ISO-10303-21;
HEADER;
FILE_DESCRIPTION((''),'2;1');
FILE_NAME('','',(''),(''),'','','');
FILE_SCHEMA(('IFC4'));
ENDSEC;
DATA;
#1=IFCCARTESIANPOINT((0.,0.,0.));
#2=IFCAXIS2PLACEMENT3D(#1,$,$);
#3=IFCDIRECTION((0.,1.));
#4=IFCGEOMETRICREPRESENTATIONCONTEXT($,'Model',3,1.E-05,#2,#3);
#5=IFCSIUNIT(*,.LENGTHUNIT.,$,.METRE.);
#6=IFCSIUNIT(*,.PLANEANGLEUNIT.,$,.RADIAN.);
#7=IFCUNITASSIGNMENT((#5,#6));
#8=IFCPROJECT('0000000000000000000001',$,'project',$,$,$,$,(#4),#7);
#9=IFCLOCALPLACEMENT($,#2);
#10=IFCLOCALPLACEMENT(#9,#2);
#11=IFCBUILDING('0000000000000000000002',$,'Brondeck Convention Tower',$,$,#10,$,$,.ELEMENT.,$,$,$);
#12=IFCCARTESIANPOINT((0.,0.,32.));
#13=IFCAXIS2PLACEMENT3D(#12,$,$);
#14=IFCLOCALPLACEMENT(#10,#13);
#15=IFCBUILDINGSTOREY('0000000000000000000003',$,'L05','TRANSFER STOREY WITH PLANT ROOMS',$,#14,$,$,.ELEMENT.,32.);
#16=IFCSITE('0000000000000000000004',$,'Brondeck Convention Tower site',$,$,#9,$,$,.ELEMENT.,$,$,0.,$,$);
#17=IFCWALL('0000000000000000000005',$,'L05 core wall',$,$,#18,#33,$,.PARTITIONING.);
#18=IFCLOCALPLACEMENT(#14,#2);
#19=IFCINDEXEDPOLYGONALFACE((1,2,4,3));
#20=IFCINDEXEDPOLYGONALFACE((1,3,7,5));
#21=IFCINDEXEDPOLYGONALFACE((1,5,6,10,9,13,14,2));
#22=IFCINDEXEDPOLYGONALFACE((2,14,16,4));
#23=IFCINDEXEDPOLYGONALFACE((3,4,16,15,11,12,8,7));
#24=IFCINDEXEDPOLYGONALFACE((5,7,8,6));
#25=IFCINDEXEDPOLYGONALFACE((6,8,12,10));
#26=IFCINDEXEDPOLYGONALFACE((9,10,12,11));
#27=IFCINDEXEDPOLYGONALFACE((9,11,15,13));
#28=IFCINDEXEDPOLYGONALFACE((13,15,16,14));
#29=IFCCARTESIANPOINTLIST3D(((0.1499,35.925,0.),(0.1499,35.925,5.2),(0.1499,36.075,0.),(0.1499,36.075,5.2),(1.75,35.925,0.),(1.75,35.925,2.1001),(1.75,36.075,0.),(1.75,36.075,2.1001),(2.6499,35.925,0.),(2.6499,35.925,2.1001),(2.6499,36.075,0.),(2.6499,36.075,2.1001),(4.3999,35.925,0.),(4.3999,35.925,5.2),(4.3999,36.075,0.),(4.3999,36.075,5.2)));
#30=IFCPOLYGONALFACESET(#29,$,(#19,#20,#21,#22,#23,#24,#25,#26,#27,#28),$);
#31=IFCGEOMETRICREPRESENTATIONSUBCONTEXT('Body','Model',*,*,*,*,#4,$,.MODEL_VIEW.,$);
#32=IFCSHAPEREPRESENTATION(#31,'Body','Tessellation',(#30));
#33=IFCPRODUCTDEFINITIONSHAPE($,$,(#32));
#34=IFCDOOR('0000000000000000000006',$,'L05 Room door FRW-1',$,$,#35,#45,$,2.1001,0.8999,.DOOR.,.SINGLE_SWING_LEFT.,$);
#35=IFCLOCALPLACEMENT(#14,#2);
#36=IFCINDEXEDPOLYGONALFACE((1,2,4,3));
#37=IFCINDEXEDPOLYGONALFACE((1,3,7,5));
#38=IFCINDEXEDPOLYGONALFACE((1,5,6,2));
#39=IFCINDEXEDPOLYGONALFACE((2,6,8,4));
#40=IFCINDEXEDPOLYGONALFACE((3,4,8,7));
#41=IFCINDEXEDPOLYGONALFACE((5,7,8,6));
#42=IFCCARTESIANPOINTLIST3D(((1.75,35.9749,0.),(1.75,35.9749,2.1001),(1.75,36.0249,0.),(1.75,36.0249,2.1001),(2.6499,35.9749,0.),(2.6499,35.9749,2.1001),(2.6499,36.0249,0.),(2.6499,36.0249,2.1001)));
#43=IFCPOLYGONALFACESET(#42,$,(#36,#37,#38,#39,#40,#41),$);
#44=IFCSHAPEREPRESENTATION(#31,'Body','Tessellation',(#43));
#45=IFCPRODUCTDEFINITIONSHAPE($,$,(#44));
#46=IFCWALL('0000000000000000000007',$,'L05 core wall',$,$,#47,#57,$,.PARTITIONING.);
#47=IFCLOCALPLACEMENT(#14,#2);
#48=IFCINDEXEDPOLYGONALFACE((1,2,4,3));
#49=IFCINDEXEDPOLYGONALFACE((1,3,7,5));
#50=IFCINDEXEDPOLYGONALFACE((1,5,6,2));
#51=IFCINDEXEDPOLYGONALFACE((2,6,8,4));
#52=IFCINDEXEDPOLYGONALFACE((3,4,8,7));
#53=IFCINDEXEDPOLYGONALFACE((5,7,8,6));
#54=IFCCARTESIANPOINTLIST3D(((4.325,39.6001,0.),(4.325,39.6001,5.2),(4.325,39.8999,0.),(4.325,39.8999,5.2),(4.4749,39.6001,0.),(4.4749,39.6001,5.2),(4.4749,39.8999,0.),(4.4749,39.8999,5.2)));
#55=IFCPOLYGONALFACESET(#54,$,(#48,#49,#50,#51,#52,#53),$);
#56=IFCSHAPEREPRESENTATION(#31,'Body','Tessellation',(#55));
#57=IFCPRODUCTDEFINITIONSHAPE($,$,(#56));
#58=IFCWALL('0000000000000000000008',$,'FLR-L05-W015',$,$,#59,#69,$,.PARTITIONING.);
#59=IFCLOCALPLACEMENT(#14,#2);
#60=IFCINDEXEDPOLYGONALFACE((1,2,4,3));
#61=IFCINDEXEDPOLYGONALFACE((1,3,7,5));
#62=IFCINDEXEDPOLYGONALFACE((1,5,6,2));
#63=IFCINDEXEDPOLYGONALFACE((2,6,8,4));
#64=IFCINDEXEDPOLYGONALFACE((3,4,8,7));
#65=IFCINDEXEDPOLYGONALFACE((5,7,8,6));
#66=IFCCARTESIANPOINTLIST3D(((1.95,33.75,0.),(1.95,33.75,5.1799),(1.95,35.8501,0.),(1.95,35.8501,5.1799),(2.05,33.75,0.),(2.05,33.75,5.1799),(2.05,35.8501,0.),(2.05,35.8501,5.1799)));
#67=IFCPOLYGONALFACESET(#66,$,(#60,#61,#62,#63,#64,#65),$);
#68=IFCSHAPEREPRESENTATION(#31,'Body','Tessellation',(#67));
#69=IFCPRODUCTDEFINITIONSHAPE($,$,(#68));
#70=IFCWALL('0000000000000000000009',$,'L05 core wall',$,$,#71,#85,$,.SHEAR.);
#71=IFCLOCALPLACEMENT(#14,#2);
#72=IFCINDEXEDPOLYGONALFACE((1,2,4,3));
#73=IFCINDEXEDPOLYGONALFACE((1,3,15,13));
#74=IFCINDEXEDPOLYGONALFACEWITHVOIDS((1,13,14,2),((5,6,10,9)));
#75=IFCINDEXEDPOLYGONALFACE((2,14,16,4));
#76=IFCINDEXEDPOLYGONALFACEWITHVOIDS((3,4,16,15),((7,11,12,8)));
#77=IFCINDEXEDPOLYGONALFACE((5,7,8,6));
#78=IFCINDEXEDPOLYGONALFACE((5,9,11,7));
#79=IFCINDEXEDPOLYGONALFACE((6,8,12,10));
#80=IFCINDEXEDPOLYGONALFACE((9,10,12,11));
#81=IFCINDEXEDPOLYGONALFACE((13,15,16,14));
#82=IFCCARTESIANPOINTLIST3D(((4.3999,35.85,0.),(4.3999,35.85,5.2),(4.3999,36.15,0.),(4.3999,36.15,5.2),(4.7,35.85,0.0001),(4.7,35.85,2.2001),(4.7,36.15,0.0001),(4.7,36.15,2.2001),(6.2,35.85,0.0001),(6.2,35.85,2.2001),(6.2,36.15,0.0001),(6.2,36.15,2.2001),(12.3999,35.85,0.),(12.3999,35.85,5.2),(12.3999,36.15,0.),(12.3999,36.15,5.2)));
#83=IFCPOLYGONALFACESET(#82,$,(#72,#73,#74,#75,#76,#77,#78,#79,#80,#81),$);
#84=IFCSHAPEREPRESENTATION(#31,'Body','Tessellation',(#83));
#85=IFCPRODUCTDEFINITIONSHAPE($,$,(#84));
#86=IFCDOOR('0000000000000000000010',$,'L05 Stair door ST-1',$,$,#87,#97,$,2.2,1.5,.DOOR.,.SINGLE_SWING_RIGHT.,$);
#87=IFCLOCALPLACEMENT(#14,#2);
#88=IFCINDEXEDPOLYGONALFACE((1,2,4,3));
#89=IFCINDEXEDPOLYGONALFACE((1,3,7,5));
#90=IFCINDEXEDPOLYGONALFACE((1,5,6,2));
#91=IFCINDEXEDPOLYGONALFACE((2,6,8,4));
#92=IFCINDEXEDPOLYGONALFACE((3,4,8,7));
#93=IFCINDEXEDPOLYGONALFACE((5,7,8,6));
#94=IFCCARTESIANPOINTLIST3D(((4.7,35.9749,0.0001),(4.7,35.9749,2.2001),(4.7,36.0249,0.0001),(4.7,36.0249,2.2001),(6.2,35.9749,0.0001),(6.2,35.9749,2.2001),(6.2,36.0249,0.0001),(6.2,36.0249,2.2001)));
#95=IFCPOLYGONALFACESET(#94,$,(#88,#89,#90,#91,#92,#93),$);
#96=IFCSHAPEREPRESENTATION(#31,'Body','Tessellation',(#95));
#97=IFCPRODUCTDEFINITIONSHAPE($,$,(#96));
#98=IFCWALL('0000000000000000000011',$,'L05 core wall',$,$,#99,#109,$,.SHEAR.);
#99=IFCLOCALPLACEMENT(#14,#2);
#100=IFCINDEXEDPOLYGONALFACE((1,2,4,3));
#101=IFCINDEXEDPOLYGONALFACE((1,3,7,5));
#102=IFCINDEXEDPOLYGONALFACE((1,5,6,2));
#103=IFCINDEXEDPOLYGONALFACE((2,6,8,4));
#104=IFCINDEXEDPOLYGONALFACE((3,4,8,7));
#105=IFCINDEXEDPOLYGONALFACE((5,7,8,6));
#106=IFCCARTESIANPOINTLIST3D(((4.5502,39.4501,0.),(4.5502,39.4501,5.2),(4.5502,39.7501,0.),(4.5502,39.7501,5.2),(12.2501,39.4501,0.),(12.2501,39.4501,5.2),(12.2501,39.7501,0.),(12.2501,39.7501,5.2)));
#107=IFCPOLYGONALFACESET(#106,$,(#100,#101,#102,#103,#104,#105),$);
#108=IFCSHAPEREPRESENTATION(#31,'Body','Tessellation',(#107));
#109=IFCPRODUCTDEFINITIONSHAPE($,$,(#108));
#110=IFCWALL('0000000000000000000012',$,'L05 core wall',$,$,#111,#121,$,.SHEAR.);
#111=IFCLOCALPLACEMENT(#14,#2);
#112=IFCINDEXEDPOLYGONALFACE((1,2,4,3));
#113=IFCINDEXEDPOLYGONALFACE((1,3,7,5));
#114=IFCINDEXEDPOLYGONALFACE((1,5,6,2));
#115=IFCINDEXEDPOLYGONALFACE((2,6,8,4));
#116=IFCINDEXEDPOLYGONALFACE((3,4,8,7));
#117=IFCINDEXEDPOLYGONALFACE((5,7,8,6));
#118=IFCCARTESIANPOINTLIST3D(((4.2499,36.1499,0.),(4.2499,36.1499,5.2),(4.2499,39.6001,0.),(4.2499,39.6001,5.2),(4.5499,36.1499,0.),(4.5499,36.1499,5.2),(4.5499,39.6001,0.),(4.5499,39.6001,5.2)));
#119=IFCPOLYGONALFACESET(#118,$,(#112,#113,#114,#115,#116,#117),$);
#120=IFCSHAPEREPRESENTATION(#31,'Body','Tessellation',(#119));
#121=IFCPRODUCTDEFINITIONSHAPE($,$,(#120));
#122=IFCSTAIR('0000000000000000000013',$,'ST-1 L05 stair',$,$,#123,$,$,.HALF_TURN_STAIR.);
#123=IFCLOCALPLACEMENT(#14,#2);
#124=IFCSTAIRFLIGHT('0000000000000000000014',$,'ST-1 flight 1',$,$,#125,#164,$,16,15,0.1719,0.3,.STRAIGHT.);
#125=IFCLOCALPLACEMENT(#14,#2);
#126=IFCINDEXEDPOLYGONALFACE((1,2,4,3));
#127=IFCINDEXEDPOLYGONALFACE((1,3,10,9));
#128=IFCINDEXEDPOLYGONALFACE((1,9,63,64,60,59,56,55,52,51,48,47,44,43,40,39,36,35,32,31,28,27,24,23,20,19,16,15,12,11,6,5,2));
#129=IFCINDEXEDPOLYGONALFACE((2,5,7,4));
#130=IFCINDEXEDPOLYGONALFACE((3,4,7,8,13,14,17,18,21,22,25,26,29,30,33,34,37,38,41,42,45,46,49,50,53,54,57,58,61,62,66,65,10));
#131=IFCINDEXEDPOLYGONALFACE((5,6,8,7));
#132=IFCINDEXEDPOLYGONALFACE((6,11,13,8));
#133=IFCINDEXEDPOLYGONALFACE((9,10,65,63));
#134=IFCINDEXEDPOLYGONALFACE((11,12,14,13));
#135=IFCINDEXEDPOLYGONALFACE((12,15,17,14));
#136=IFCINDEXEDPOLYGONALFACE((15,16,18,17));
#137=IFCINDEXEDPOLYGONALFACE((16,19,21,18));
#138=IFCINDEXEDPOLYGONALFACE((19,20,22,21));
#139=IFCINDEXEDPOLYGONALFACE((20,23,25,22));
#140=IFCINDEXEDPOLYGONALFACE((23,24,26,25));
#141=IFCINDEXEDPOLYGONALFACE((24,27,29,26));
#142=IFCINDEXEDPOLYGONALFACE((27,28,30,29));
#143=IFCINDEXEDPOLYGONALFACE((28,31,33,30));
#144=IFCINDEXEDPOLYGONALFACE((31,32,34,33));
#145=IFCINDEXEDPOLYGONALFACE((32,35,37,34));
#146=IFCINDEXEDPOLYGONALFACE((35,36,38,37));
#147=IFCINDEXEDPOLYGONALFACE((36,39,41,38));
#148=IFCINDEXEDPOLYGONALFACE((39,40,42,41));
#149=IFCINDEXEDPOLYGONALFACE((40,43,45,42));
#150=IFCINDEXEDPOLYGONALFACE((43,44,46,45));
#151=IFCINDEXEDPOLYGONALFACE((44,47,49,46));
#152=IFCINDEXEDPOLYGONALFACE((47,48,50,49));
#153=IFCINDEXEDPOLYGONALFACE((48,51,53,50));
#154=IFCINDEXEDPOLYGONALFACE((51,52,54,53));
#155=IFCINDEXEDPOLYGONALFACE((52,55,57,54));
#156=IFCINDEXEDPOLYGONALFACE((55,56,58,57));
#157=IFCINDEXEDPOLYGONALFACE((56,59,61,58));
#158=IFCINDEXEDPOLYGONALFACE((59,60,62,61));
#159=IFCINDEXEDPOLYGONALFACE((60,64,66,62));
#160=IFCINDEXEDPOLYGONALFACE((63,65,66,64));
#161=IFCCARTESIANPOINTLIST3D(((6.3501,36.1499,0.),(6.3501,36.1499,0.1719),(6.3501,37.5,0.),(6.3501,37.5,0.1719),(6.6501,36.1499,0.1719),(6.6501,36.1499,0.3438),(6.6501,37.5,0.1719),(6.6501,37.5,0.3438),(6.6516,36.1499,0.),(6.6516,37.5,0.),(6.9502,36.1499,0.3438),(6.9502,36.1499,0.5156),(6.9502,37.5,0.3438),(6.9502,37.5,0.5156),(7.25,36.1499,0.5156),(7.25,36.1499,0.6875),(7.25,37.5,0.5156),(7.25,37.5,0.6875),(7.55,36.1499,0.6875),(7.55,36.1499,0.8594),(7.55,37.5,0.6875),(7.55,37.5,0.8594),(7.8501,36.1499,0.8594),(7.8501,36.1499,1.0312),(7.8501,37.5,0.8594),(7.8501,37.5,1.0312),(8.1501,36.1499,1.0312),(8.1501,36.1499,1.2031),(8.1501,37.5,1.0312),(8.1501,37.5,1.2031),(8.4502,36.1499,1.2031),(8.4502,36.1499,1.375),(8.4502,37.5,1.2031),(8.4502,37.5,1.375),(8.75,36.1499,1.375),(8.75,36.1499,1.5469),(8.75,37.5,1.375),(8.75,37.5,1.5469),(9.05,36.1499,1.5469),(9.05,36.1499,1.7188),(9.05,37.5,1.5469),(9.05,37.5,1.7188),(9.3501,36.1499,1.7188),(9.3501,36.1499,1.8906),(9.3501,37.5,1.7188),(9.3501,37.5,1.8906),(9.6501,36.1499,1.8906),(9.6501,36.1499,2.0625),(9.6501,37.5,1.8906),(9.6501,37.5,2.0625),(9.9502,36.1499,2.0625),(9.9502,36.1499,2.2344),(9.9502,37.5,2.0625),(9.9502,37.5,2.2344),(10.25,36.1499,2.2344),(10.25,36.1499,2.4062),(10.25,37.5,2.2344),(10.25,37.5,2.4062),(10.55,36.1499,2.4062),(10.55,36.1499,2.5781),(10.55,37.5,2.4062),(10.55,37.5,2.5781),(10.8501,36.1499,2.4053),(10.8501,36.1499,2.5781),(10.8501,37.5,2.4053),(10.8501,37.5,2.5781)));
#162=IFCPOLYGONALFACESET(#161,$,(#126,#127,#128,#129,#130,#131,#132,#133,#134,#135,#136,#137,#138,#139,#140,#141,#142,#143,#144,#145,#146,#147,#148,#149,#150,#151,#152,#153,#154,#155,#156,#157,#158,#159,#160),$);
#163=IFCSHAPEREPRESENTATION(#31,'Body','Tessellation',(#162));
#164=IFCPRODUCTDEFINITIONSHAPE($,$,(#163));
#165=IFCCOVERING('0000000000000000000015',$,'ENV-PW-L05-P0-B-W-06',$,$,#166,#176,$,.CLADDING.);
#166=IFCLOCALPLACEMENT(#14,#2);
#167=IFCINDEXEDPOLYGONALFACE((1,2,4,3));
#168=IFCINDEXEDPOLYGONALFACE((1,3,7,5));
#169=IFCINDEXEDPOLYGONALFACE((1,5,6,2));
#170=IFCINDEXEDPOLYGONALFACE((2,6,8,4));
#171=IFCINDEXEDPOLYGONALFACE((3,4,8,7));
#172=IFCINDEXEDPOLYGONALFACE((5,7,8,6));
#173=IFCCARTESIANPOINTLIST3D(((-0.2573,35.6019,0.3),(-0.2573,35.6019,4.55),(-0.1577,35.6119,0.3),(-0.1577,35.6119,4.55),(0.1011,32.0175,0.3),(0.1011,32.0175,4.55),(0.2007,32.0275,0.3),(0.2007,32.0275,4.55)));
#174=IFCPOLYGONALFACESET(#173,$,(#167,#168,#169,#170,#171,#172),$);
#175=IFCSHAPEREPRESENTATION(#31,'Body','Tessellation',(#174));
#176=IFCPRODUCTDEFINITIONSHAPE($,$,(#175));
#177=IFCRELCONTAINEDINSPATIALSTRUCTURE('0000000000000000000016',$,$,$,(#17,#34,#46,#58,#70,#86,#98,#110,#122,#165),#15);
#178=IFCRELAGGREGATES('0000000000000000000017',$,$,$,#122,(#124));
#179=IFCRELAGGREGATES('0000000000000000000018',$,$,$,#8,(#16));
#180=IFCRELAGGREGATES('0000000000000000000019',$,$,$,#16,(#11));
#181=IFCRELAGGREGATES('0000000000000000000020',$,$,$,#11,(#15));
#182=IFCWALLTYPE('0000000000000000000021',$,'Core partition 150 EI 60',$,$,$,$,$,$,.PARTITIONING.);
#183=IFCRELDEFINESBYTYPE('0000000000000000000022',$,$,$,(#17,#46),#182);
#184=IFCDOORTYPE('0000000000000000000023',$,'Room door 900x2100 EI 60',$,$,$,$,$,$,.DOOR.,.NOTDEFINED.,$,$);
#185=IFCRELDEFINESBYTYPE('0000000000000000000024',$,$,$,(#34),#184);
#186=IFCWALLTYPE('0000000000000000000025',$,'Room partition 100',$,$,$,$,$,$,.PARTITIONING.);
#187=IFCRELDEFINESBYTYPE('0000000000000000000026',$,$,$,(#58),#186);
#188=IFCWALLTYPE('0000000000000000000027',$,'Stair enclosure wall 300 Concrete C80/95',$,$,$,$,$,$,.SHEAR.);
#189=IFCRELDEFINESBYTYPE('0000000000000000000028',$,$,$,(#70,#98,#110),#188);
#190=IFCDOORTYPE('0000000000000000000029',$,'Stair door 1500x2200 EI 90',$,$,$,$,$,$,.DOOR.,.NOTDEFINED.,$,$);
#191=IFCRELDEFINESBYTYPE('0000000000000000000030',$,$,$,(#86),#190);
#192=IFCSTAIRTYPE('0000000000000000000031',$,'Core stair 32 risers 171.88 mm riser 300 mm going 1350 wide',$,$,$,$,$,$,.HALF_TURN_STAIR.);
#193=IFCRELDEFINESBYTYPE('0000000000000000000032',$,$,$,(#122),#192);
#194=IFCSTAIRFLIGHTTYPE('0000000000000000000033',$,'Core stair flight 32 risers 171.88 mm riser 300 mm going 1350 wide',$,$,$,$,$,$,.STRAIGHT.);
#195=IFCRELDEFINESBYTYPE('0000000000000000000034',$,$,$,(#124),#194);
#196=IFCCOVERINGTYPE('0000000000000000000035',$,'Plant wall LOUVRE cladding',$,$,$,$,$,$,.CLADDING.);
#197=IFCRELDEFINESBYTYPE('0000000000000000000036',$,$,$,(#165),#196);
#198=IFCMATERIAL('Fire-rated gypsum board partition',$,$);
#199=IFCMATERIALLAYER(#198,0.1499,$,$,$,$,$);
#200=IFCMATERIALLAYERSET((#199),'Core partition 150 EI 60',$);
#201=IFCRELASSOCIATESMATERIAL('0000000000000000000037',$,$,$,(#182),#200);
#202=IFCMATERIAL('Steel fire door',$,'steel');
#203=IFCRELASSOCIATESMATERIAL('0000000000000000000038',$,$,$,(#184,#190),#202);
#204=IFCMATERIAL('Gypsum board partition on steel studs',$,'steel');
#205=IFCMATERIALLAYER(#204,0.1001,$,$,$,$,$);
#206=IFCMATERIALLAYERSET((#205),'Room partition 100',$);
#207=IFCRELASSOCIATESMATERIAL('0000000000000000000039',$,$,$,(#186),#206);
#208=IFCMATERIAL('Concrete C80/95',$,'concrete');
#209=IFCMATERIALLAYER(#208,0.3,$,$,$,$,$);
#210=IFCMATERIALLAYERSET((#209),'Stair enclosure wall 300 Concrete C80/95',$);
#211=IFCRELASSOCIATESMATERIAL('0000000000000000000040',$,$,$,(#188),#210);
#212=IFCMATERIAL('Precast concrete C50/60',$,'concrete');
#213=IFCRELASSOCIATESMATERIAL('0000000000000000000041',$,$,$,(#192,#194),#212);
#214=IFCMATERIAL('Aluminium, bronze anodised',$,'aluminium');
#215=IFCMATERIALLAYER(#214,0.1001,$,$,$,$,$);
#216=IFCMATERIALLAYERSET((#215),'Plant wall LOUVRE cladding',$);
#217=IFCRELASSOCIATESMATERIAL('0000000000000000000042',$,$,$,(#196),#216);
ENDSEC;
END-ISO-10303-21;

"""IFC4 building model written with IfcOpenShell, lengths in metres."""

from ifc_helpers import new_model, si_unit, direction, frame, frame_2d, origin, origin_2d, place, context, subcontext, project, spatial, polyline, rectangle, outline, extrude, material, layer, layer_set, type_object, element, fill, aggregate, save


model = new_model("IFC4")

# Units and contexts
model_context = context("Model", 3, precision=1e-05, world=origin(), true_north=direction((0.0, 1.0)))
body_context = subcontext(model_context, "Body", "Model", "MODEL_VIEW")
ifc_project = project(units=[si_unit("LENGTHUNIT", "METRE"), si_unit("PLANEANGLEUNIT", "RADIAN")], contexts=[model_context])

# Site, building, storey
site_placement = place(None, origin())
site = spatial("IfcSite", under=ifc_project, at=site_placement, Name="Brondeck Convention Tower site", CompositionType="ELEMENT", RefElevation=0.0)
building_placement = place(site_placement, origin())
building = spatial("IfcBuilding", under=site, at=building_placement, Name="Brondeck Convention Tower", CompositionType="ELEMENT")
storey_placement = place(building_placement, frame((0.0, 0.0, 32.0)))
storey = spatial("IfcBuildingStorey", under=building, at=storey_placement, Name="L05", Description="TRANSFER STOREY WITH PLANT ROOMS", CompositionType="ELEMENT", Elevation=32.0)

# Shared definitions
ifc_material_1 = material(Name="Concrete C80/95", Category="concrete")

# Wall, opening, door
ifc_material_2 = material(Name="Fire-rated gypsum board partition")
ifc_layer_1 = layer(ifc_material_2, 0.1499)
ifc_layer_set_1 = layer_set([ifc_layer_1], Name="Core partition 150 EI 60")
wall_type_1 = type_object("IfcWallType", Name="Core partition 150 EI 60", PredefinedType="PARTITIONING", material=ifc_layer_set_1)
wall_1_placement = place(storey_placement, frame((0.1499, 36.0, 0.0), z_axis=(0.0, 0.0, 1.0), x_axis=(1.0, 0.0, 0.0)))
wall_1 = element("IfcWall", 1, at=wall_1_placement, inside=storey, type_object=wall_type_1, Name="L05 core wall", PredefinedType="PARTITIONING", context=body_context, shape_type="SweptSolid", body=[
    extrude(rectangle(XDim=4.25, YDim=0.1499, at=frame_2d((2.125, 0.0))), origin(), (0.0, 0.0, 1.0), 5.2),
])
opening_1_placement = place(wall_1_placement, frame((1.6001, 0.0, 0.0)))
opening_1 = element("IfcOpeningElement", 2, at=opening_1_placement, cuts=wall_1, PredefinedType="OPENING", context=body_context, shape_type="SweptSolid", body=[
    extrude(rectangle(XDim=0.8999, YDim=2.1001, at=frame_2d((0.45, 1.05))), frame((0.0, 0.085, 0.0), z_axis=(0.0, -1.0, 0.0), x_axis=(1.0, 0.0, 0.0)), (0.0, 0.0, 1.0), 0.1699),
])
ifc_material_3 = material(Name="Steel fire door", Category="steel")
door_type_1 = type_object("IfcDoorType", Name="Room door 900x2100 EI 60", OperationType="NOTDEFINED", PredefinedType="DOOR", material=ifc_material_3)
door_1_placement = place(opening_1_placement, origin())
door_1 = element("IfcDoor", 3, at=door_1_placement, inside=storey, type_object=door_type_1, Name="L05 Room door FRW-1", OperationType="SINGLE_SWING_LEFT", OverallHeight=2.1001, OverallWidth=0.8999, PredefinedType="DOOR", context=body_context, shape_type="SweptSolid", body=[
    extrude(rectangle(XDim=0.8999, YDim=2.1001, at=frame_2d((0.45, 1.05))), frame((0.0, 0.0249, 0.0), z_axis=(0.0, -1.0, 0.0), x_axis=(1.0, 0.0, 0.0)), (0.0, 0.0, 1.0), 0.05),
])
fill(opening_1, door_1)

# Walls
wall_2_placement = place(storey_placement, frame((4.3999, 39.6001, 0.0), z_axis=(0.0, 0.0, 1.0), x_axis=(0.0, 1.0, 0.0)))
element("IfcWall", 4, at=wall_2_placement, inside=storey, type_object=wall_type_1, Name="L05 core wall", PredefinedType="PARTITIONING", context=body_context, shape_type="SweptSolid", body=[
    extrude(rectangle(XDim=0.2998, YDim=0.1499, at=frame_2d((0.1499, 0.0))), origin(), (0.0, 0.0, 1.0), 5.2),
])
ifc_material_4 = material(Name="Gypsum board partition on steel studs", Category="steel")
ifc_layer_2 = layer(ifc_material_4, 0.1001)
ifc_layer_set_2 = layer_set([ifc_layer_2], Name="Room partition 100")
wall_type_2 = type_object("IfcWallType", Name="Room partition 100", PredefinedType="PARTITIONING", material=ifc_layer_set_2)
wall_3_placement = place(storey_placement, frame((2.0, 33.75, 0.0), z_axis=(0.0, 0.0, 1.0), x_axis=(0.0, 1.0, 0.0)))
element("IfcWall", 5, at=wall_3_placement, inside=storey, type_object=wall_type_2, Name="FLR-L05-W015", PredefinedType="PARTITIONING", context=body_context, shape_type="SweptSolid", body=[
    extrude(rectangle(XDim=2.1001, YDim=0.1001, at=frame_2d((1.05, 0.0))), origin(), (0.0, 0.0, 1.0), 5.1799),
])

# Wall, opening, door
ifc_layer_3 = layer(ifc_material_1, 0.3)
ifc_layer_set_3 = layer_set([ifc_layer_3], Name="Stair enclosure wall 300 Concrete C80/95")
wall_type_3 = type_object("IfcWallType", Name="Stair enclosure wall 300 Concrete C80/95", PredefinedType="SHEAR", material=ifc_layer_set_3)
wall_4_placement = place(storey_placement, frame((4.3999, 36.0, 0.0), z_axis=(0.0, 0.0, 1.0), x_axis=(1.0, 0.0, 0.0)))
wall_4 = element("IfcWall", 6, at=wall_4_placement, inside=storey, type_object=wall_type_3, Name="L05 core wall", PredefinedType="SHEAR", context=body_context, shape_type="SweptSolid", body=[
    extrude(rectangle(XDim=8.0, YDim=0.3, at=frame_2d((4.0, 0.0))), origin(), (0.0, 0.0, 1.0), 5.2),
])
opening_2_placement = place(wall_4_placement, frame((0.3, 0.0, 0.0)))
opening_2 = element("IfcOpeningElement", 7, at=opening_2_placement, cuts=wall_4, PredefinedType="OPENING", context=body_context, shape_type="SweptSolid", body=[
    extrude(rectangle(XDim=1.5, YDim=2.2, at=frame_2d((0.75, 1.1001))), frame((0.0, 0.1599, 0.0), z_axis=(0.0, -1.0, 0.0), x_axis=(1.0, 0.0, 0.0)), (0.0, 0.0, 1.0), 0.3201),
])
door_type_2 = type_object("IfcDoorType", Name="Stair door 1500x2200 EI 90", OperationType="NOTDEFINED", PredefinedType="DOOR", material=ifc_material_3)
door_2_placement = place(opening_2_placement, origin())
door_2 = element("IfcDoor", 8, at=door_2_placement, inside=storey, type_object=door_type_2, Name="L05 Stair door ST-1", OperationType="SINGLE_SWING_RIGHT", OverallHeight=2.2, OverallWidth=1.5, PredefinedType="DOOR", context=body_context, shape_type="SweptSolid", body=[
    extrude(rectangle(XDim=1.5, YDim=2.2, at=frame_2d((0.75, 1.1001))), frame((0.0, 0.0249, 0.0), z_axis=(0.0, -1.0, 0.0), x_axis=(1.0, 0.0, 0.0)), (0.0, 0.0, 1.0), 0.05),
])
fill(opening_2, door_2)

# Walls
wall_5_placement = place(storey_placement, frame((4.55, 39.6001, 0.0), z_axis=(0.0, 0.0, 1.0), x_axis=(1.0, 0.0, 0.0)))
element("IfcWall", 9, at=wall_5_placement, inside=storey, type_object=wall_type_3, Name="L05 core wall", PredefinedType="SHEAR", context=body_context, shape_type="SweptSolid", body=[
    extrude(rectangle(XDim=7.7, YDim=0.3, at=frame_2d((3.8501, 0.0))), origin(), (0.0, 0.0, 1.0), 5.2),
])
wall_6_placement = place(storey_placement, frame((4.3999, 36.1499, 0.0), z_axis=(0.0, 0.0, 1.0), x_axis=(0.0, 1.0, 0.0)))
element("IfcWall", 10, at=wall_6_placement, inside=storey, type_object=wall_type_3, Name="L05 core wall", PredefinedType="SHEAR", context=body_context, shape_type="SweptSolid", body=[
    extrude(rectangle(XDim=3.4502, YDim=0.3, at=frame_2d((1.7251, 0.0))), origin(), (0.0, 0.0, 1.0), 5.2),
])

# Stair, stair flight
ifc_material_5 = material(Name="Precast concrete C50/60", Category="concrete")
stair_type = type_object("IfcStairType", Name="Core stair 32 risers 171.88 mm riser 300 mm going 1350 wide", PredefinedType="HALF_TURN_STAIR", material=ifc_material_5)
stair_placement = place(storey_placement, origin())
stair = element("IfcStair", 11, at=stair_placement, inside=storey, type_object=stair_type, Name="ST-1 L05 stair", PredefinedType="HALF_TURN_STAIR")
stair_flight_type = type_object("IfcStairFlightType", Name="Core stair flight 32 risers 171.88 mm riser 300 mm going 1350 wide", PredefinedType="STRAIGHT", material=ifc_material_5)
stair_flight_placement = place(storey_placement, frame((6.3501, 36.825, 0.0), z_axis=(0.0, 0.0, 1.0), x_axis=(1.0, 0.0, 0.0)))
stair_flight = element("IfcStairFlight", 12, at=stair_flight_placement, type_object=stair_flight_type, Name="ST-1 flight 1", NumberOfRisers=16, NumberOfTreads=15, PredefinedType="STRAIGHT", RiserHeight=0.1719, TreadLength=0.3, context=body_context, shape_type="SweptSolid", body=[
    extrude(outline(polyline([(0.0, 0.0), (0.0, 0.1719), (0.3, 0.1719), (0.3, 0.3438), (0.6001, 0.3438), (0.6001, 0.5156), (0.8999, 0.5156), (0.8999, 0.6875), (1.2, 0.6875), (1.2, 0.8594), (1.5, 0.8594), (1.5, 1.0312), (1.8, 1.0312), (1.8, 1.2031), (2.1001, 1.2031), (2.1001, 1.375), (2.3999, 1.375), (2.3999, 1.5469), (2.7, 1.5469), (2.7, 1.7188), (3.0, 1.7188), (3.0, 1.8906), (3.3, 1.8906), (3.3, 2.0625), (3.6001, 2.0625), (3.6001, 2.2344), (3.8999, 2.2344), (3.8999, 2.4062), (4.2, 2.4062), (4.2, 2.5781), (4.5, 2.5781), (4.5, 2.75), (4.5, 2.4053), (0.3015, 0.0), (0.0, 0.0)])), frame((0.0, 0.675, 0.0), z_axis=(0.0, -1.0, 0.0), x_axis=(1.0, 0.0, 0.0)), (0.0, 0.0, 1.0), 1.3501),
])
aggregate(stair, [stair_flight])

# Covering
ifc_material_6 = material(Name="Aluminium, bronze anodised", Category="aluminium")
ifc_layer_4 = layer(ifc_material_6, 0.1001)
ifc_layer_set_4 = layer_set([ifc_layer_4], Name="Plant wall LOUVRE cladding")
covering_type = type_object("IfcCoveringType", Name="Plant wall LOUVRE cladding", PredefinedType="CLADDING", material=ifc_layer_set_4)
for number, where, z_axis, x_axis, name in (
    (13, (-0.0283, 33.8147, 0.3), (0.0, 0.0, 1.0), (0.099504, -0.995037, 0.0), "ENV-PW-L05-P0-B-W-06"),
):
    element("IfcCovering", number, at=place(storey_placement, frame(where, z_axis=z_axis, x_axis=x_axis)), inside=storey, type_object=covering_type, Name=name, PredefinedType="CLADDING", context=body_context, shape_type="SweptSolid", body=[
        extrude(rectangle(XDim=3.6023, YDim=0.1001, at=origin_2d()), origin(), (0.0, 0.0, 1.0), 4.25),
    ])

save(model, "model.ifc")
